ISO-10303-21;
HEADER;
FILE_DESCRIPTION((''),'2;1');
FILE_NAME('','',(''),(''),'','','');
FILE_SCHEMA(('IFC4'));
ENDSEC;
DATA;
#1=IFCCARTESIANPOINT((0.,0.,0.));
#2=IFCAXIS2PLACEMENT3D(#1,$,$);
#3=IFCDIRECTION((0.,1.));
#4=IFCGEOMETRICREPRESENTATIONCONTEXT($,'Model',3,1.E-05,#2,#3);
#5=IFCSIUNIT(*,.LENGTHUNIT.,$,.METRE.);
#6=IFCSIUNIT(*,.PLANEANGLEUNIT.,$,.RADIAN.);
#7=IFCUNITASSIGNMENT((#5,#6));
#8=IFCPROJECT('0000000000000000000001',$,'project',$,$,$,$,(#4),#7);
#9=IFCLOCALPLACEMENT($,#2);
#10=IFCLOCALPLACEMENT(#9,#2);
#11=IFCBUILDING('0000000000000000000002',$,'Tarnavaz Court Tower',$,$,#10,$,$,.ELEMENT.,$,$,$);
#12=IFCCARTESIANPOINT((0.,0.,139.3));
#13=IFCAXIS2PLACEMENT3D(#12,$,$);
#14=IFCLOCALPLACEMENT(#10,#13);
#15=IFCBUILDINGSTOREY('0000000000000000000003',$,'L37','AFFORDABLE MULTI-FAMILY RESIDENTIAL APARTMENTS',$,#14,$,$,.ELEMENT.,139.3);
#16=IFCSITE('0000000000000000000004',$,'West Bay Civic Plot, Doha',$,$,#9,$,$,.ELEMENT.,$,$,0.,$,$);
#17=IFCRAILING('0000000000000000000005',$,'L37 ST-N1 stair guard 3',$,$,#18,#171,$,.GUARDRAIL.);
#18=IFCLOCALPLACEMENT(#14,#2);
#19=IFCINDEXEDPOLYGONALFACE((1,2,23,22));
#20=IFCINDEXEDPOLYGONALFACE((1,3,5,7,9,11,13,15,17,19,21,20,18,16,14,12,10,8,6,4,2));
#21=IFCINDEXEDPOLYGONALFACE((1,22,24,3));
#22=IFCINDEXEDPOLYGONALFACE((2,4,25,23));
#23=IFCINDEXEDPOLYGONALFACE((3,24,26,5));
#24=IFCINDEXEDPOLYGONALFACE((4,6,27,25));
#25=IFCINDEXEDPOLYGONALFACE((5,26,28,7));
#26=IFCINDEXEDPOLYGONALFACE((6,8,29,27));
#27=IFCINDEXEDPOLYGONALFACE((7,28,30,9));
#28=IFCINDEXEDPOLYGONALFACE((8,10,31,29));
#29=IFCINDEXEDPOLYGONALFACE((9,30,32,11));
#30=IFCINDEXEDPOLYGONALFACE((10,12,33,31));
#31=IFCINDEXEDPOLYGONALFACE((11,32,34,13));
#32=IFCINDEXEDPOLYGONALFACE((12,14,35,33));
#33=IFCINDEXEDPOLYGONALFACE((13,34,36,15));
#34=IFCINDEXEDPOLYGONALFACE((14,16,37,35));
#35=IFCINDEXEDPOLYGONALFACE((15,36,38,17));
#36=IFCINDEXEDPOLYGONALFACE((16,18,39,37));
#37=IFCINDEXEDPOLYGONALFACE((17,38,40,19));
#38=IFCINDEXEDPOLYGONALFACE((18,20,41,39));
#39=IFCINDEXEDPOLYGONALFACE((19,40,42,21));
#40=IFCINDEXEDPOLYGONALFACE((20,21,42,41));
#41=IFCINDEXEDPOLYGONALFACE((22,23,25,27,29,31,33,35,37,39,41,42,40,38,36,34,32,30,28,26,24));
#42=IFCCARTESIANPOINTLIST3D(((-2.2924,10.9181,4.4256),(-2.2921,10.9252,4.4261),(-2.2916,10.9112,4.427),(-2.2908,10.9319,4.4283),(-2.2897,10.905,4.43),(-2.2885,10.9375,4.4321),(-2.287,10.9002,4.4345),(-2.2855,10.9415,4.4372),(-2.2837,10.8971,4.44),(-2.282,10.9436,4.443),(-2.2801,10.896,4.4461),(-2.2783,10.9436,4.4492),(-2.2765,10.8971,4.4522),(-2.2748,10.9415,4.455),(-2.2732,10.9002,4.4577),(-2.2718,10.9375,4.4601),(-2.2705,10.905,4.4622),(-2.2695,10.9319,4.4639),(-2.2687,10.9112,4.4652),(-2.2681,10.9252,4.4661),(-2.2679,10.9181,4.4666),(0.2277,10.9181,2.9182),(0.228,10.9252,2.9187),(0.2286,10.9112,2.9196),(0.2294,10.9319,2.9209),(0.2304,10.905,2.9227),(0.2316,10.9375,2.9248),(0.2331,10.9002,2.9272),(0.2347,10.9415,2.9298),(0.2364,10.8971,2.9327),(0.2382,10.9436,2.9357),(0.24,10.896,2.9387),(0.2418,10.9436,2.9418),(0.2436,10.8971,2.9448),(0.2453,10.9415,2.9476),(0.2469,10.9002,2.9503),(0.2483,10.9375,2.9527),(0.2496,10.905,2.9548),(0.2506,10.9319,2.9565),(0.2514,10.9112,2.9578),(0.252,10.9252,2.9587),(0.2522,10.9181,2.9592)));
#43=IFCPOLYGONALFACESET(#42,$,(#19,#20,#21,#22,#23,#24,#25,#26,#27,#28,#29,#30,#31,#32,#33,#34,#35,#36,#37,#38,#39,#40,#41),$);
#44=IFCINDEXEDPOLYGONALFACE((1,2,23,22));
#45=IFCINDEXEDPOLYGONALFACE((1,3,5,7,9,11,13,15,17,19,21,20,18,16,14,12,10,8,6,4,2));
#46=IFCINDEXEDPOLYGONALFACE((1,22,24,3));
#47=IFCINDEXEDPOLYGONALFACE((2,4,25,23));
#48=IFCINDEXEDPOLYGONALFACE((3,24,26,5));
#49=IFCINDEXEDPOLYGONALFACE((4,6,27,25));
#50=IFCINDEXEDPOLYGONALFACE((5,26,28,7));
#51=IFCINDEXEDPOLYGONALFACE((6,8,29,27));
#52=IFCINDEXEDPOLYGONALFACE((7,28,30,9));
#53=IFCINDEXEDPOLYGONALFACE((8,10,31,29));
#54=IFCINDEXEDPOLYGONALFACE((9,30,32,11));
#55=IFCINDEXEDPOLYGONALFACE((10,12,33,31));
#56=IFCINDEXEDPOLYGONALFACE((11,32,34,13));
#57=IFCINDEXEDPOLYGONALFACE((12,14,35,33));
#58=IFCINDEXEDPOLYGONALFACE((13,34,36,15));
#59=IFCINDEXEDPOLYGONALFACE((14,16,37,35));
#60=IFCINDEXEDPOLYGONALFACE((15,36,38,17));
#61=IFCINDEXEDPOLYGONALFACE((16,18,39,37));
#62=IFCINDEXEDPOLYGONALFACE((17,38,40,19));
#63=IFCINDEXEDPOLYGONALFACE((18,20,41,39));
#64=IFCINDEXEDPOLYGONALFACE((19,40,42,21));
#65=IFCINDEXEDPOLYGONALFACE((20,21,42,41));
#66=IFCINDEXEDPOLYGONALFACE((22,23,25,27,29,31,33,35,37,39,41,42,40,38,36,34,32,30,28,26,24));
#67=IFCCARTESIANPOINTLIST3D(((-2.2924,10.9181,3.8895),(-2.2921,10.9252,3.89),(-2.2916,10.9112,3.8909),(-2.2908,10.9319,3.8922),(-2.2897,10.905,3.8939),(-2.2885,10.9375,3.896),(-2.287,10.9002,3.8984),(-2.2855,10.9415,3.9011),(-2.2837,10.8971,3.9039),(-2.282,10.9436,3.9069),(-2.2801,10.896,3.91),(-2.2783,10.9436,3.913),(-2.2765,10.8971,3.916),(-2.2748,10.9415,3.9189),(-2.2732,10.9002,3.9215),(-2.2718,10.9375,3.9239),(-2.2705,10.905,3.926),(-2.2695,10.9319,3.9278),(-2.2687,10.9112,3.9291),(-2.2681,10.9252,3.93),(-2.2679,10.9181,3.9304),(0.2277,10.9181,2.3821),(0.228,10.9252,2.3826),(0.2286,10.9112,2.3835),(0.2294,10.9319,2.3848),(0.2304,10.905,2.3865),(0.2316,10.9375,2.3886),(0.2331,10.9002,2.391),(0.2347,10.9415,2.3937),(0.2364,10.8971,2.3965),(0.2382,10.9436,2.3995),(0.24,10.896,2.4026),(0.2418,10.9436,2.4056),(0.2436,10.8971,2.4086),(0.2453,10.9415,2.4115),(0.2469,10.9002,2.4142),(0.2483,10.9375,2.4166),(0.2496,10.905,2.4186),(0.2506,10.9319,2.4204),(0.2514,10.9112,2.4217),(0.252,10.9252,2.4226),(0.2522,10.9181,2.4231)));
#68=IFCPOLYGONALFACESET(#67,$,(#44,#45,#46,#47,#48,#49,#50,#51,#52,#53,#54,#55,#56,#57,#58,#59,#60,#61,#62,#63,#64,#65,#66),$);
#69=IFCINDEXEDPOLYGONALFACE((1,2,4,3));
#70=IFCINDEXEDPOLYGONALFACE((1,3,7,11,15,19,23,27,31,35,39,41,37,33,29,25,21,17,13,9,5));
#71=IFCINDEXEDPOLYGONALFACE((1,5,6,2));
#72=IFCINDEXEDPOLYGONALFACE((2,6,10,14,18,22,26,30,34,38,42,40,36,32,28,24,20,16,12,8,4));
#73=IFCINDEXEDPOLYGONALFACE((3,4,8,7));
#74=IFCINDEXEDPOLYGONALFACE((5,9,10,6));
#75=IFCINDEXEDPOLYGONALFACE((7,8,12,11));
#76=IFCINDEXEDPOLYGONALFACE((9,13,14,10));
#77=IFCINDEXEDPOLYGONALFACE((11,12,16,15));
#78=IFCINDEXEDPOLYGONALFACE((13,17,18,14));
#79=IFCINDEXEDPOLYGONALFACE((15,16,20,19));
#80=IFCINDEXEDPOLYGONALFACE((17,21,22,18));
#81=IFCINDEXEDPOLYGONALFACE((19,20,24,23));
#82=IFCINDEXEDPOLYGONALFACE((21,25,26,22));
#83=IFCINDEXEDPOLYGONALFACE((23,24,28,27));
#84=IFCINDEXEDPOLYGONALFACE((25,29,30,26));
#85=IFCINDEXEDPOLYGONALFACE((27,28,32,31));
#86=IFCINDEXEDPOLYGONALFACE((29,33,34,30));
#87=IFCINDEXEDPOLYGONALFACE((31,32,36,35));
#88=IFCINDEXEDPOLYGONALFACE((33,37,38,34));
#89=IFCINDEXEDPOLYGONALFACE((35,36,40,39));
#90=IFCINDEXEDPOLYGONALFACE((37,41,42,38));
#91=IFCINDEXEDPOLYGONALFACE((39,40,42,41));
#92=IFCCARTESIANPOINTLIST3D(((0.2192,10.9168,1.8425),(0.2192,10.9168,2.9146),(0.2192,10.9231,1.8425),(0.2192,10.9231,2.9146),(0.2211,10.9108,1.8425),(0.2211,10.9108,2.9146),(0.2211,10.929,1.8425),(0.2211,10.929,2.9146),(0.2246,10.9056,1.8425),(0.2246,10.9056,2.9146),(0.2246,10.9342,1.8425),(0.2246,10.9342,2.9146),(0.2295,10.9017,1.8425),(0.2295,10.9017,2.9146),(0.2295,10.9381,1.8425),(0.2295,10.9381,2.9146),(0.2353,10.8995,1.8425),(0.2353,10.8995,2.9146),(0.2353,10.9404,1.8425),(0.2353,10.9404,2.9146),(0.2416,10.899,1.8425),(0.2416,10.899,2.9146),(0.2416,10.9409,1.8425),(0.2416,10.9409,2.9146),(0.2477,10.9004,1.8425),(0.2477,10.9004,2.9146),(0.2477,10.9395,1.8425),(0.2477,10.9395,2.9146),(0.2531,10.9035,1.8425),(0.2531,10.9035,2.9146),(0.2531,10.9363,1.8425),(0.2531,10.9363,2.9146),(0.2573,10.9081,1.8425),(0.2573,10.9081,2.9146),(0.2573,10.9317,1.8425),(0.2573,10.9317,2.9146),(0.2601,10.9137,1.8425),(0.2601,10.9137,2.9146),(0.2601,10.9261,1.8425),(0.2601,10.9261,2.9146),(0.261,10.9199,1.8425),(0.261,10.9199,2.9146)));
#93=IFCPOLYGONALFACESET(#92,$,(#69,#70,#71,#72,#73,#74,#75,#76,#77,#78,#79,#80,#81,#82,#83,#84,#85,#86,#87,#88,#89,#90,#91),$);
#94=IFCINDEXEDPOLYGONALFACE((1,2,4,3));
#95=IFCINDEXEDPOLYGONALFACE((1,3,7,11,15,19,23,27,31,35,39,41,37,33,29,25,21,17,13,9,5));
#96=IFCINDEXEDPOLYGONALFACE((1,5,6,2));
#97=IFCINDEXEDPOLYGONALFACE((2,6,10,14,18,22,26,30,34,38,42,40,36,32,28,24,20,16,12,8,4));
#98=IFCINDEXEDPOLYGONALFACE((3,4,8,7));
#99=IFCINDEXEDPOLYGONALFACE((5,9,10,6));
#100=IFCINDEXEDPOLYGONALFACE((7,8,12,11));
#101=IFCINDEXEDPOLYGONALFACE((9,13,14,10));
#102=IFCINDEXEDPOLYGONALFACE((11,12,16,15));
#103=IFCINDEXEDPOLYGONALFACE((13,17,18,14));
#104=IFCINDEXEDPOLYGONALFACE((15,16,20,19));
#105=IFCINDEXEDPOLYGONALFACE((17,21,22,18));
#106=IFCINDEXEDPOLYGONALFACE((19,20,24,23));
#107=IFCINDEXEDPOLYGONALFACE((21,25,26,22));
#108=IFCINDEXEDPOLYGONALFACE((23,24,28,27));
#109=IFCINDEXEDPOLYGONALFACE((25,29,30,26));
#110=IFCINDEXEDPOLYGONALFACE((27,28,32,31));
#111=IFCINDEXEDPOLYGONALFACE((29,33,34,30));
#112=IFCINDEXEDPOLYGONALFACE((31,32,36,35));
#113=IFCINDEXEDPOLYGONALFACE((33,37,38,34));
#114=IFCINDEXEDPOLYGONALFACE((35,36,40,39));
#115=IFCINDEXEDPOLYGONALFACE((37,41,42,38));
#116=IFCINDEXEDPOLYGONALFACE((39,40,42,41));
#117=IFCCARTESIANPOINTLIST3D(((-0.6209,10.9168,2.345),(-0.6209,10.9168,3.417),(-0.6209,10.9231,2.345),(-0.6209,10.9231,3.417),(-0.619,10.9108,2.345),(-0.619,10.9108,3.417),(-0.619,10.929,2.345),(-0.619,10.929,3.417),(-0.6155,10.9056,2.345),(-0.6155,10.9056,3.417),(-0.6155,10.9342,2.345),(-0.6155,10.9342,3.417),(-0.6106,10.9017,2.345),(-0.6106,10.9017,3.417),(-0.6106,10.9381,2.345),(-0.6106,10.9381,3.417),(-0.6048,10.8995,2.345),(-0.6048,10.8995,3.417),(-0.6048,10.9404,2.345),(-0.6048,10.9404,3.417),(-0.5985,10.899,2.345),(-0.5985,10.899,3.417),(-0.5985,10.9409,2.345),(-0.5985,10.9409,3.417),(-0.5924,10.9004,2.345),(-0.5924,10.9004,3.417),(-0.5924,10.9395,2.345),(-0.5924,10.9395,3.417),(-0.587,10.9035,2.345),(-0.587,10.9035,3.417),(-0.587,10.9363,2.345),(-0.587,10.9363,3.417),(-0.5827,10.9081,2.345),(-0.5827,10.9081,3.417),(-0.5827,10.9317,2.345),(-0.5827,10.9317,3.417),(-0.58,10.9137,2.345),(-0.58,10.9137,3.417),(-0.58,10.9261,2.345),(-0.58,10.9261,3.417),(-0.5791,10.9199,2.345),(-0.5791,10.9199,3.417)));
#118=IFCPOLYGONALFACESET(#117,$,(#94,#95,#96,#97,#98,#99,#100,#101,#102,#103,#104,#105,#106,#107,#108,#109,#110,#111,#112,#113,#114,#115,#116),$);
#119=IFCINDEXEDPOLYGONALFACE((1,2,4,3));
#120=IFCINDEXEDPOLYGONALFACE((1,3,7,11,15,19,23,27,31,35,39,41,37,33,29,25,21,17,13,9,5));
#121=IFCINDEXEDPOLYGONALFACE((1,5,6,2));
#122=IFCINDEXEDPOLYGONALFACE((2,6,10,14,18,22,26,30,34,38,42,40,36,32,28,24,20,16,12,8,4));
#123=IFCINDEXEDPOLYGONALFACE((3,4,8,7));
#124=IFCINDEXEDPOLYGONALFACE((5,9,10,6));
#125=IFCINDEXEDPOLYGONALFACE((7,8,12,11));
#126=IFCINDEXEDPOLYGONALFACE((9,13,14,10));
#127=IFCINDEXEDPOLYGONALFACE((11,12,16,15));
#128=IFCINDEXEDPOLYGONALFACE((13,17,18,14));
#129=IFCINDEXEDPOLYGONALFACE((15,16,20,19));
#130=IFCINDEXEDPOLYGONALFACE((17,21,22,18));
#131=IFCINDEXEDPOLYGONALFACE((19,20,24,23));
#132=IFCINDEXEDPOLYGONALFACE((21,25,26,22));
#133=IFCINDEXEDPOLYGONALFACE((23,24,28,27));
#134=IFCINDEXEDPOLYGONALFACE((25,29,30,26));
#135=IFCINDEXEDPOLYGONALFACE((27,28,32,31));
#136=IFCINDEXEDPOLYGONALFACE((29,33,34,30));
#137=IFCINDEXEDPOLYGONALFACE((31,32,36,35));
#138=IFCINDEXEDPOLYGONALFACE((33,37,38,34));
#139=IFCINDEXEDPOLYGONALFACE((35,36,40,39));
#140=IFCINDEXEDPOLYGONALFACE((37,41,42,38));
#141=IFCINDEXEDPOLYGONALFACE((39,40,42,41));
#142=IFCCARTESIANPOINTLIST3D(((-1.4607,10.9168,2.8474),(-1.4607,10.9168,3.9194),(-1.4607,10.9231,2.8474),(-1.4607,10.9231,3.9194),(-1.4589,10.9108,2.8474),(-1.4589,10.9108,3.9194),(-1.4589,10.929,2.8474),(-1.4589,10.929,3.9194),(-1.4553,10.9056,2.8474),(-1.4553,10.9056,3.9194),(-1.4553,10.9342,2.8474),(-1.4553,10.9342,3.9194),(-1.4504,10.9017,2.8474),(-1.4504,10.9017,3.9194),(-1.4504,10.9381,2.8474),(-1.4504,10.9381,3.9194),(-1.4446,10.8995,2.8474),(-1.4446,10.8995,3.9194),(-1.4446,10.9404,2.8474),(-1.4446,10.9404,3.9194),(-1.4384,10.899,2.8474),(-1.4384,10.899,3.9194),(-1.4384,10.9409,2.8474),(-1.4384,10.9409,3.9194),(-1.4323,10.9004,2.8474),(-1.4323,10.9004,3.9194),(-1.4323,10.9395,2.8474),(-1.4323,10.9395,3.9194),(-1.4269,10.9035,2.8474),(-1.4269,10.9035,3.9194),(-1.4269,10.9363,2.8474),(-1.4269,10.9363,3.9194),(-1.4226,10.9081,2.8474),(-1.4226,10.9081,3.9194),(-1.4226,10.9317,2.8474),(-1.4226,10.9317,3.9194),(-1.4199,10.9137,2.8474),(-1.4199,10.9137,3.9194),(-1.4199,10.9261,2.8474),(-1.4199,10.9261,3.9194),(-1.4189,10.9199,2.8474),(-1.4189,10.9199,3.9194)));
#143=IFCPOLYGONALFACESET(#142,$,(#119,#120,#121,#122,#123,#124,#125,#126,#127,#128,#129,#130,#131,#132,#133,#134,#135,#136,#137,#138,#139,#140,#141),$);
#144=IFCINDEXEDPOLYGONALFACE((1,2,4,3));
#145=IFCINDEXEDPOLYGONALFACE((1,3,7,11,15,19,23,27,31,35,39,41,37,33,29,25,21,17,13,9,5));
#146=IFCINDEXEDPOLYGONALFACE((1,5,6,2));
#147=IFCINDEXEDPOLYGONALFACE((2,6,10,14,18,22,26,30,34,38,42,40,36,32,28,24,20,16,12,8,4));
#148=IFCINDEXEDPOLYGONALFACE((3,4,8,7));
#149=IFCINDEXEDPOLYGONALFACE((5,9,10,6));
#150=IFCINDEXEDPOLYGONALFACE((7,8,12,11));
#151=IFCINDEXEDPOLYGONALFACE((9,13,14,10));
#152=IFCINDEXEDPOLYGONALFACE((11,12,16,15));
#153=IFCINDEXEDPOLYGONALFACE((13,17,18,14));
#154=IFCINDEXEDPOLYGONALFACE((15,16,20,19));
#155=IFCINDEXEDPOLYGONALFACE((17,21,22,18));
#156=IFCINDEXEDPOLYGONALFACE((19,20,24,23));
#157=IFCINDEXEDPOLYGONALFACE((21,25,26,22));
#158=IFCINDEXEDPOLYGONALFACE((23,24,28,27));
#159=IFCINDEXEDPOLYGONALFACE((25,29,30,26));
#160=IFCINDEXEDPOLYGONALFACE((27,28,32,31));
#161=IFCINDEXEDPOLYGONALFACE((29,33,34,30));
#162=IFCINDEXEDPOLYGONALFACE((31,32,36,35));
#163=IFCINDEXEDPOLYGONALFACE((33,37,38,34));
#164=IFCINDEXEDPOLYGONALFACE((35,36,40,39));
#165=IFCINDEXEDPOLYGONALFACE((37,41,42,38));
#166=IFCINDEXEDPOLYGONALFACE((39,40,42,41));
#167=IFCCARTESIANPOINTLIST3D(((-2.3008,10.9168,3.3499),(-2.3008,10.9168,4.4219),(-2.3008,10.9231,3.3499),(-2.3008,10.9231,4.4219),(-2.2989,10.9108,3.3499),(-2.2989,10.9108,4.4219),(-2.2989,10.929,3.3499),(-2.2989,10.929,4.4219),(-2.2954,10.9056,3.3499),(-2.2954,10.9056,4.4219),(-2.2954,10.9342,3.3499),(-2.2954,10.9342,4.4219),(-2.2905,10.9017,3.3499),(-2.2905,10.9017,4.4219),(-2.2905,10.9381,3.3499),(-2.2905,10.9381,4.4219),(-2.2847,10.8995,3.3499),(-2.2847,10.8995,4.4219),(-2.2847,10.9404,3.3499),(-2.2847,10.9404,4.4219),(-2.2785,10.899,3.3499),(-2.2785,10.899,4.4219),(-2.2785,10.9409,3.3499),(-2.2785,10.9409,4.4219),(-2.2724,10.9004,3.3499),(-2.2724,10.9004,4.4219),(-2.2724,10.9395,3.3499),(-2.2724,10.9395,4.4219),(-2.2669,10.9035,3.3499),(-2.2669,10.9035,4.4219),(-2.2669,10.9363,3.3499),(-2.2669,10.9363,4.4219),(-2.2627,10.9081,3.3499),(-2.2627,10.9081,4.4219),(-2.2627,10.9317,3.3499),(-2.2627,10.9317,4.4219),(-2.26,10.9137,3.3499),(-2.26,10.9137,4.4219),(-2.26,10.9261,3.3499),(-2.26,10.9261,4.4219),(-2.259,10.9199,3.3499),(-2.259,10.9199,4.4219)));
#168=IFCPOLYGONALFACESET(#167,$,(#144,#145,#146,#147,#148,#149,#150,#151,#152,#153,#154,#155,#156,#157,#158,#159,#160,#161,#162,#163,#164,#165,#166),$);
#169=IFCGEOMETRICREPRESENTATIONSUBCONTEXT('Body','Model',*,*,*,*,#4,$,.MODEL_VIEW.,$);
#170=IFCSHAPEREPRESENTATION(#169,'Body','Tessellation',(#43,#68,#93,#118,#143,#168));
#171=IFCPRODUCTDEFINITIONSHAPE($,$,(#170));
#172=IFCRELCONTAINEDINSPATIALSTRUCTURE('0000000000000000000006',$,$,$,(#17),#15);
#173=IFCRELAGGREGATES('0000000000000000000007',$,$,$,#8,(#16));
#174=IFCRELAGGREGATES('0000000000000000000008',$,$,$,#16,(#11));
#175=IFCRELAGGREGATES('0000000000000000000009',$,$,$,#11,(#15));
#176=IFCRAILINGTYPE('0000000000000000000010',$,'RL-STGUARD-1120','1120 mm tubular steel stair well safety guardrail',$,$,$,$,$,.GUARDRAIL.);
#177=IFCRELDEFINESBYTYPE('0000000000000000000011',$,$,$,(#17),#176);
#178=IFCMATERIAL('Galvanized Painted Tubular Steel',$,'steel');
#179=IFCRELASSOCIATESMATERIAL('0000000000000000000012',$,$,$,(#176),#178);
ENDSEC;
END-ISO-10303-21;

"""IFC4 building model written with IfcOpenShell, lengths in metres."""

from ifc_helpers import new_model, si_unit, direction, frame, origin, origin_2d, place, context, subcontext, project, spatial, circle, extrude, material, type_object, element, save


model = new_model("IFC4")

# Units and contexts
model_context = context("Model", 3, precision=1e-05, world=origin(), true_north=direction((0.0, 1.0)))
body_context = subcontext(model_context, "Body", "Model", "MODEL_VIEW")
ifc_project = project(units=[si_unit("LENGTHUNIT", "METRE"), si_unit("PLANEANGLEUNIT", "RADIAN")], contexts=[model_context])

# Site, building, storey
site_placement = place(None, origin())
site = spatial("IfcSite", under=ifc_project, at=site_placement, Name="West Bay Civic Plot, Doha", CompositionType="ELEMENT", RefElevation=0.0)
building_placement = place(site_placement, origin())
building = spatial("IfcBuilding", under=site, at=building_placement, Name="Tarnavaz Court Tower", CompositionType="ELEMENT")
storey_placement = place(building_placement, frame((0.0, 0.0, 139.3)))
storey = spatial("IfcBuildingStorey", under=building, at=storey_placement, Name="L37", Description="AFFORDABLE MULTI-FAMILY RESIDENTIAL APARTMENTS", CompositionType="ELEMENT", Elevation=139.3)

# Railing
ifc_material_1 = material(Name="Galvanized Painted Tubular Steel", Category="steel")
railing_type_1 = type_object("IfcRailingType", Name="RL-STGUARD-1120", Description="1120 mm tubular steel stair well safety guardrail", PredefinedType="GUARDRAIL", material=ifc_material_1)
railing_1_placement = place(storey_placement, frame((0.24, 10.9199, 1.8425)))
element("IfcRailing", 1, at=railing_1_placement, inside=storey, type_object=railing_type_1, Name="L37 ST-N1 stair guard 3", PredefinedType="GUARDRAIL", context=body_context, shape_type="SweptSolid", body=[
    extrude(circle(Radius=0.0239, at=origin_2d()), frame((0.0, 0.0, 1.0962), z_axis=(-0.858196, 0.0, 0.513321), x_axis=(0.0, -1.0, 0.0)), (0.0, 0.0, 1.0), 2.9365),
    extrude(circle(Radius=0.0239, at=origin_2d()), frame((0.0, 0.0, 0.5601), z_axis=(-0.858196, 0.0, 0.513321), x_axis=(0.0, -1.0, 0.0)), (0.0, 0.0, 1.0), 2.9365),
    extrude(circle(Radius=0.021, at=origin_2d()), origin(), (0.0, 0.0, 1.0), 1.072),
    extrude(circle(Radius=0.021, at=origin_2d()), frame((-0.8401, 0.0, 0.5024)), (0.0, 0.0, 1.0), 1.072),
    extrude(circle(Radius=0.021, at=origin_2d()), frame((-1.6799, 0.0, 1.0049)), (0.0, 0.0, 1.0), 1.072),
    extrude(circle(Radius=0.021, at=origin_2d()), frame((-2.52, 0.0, 1.5073)), (0.0, 0.0, 1.0), 1.072),
])

save(model, "model.ifc")
